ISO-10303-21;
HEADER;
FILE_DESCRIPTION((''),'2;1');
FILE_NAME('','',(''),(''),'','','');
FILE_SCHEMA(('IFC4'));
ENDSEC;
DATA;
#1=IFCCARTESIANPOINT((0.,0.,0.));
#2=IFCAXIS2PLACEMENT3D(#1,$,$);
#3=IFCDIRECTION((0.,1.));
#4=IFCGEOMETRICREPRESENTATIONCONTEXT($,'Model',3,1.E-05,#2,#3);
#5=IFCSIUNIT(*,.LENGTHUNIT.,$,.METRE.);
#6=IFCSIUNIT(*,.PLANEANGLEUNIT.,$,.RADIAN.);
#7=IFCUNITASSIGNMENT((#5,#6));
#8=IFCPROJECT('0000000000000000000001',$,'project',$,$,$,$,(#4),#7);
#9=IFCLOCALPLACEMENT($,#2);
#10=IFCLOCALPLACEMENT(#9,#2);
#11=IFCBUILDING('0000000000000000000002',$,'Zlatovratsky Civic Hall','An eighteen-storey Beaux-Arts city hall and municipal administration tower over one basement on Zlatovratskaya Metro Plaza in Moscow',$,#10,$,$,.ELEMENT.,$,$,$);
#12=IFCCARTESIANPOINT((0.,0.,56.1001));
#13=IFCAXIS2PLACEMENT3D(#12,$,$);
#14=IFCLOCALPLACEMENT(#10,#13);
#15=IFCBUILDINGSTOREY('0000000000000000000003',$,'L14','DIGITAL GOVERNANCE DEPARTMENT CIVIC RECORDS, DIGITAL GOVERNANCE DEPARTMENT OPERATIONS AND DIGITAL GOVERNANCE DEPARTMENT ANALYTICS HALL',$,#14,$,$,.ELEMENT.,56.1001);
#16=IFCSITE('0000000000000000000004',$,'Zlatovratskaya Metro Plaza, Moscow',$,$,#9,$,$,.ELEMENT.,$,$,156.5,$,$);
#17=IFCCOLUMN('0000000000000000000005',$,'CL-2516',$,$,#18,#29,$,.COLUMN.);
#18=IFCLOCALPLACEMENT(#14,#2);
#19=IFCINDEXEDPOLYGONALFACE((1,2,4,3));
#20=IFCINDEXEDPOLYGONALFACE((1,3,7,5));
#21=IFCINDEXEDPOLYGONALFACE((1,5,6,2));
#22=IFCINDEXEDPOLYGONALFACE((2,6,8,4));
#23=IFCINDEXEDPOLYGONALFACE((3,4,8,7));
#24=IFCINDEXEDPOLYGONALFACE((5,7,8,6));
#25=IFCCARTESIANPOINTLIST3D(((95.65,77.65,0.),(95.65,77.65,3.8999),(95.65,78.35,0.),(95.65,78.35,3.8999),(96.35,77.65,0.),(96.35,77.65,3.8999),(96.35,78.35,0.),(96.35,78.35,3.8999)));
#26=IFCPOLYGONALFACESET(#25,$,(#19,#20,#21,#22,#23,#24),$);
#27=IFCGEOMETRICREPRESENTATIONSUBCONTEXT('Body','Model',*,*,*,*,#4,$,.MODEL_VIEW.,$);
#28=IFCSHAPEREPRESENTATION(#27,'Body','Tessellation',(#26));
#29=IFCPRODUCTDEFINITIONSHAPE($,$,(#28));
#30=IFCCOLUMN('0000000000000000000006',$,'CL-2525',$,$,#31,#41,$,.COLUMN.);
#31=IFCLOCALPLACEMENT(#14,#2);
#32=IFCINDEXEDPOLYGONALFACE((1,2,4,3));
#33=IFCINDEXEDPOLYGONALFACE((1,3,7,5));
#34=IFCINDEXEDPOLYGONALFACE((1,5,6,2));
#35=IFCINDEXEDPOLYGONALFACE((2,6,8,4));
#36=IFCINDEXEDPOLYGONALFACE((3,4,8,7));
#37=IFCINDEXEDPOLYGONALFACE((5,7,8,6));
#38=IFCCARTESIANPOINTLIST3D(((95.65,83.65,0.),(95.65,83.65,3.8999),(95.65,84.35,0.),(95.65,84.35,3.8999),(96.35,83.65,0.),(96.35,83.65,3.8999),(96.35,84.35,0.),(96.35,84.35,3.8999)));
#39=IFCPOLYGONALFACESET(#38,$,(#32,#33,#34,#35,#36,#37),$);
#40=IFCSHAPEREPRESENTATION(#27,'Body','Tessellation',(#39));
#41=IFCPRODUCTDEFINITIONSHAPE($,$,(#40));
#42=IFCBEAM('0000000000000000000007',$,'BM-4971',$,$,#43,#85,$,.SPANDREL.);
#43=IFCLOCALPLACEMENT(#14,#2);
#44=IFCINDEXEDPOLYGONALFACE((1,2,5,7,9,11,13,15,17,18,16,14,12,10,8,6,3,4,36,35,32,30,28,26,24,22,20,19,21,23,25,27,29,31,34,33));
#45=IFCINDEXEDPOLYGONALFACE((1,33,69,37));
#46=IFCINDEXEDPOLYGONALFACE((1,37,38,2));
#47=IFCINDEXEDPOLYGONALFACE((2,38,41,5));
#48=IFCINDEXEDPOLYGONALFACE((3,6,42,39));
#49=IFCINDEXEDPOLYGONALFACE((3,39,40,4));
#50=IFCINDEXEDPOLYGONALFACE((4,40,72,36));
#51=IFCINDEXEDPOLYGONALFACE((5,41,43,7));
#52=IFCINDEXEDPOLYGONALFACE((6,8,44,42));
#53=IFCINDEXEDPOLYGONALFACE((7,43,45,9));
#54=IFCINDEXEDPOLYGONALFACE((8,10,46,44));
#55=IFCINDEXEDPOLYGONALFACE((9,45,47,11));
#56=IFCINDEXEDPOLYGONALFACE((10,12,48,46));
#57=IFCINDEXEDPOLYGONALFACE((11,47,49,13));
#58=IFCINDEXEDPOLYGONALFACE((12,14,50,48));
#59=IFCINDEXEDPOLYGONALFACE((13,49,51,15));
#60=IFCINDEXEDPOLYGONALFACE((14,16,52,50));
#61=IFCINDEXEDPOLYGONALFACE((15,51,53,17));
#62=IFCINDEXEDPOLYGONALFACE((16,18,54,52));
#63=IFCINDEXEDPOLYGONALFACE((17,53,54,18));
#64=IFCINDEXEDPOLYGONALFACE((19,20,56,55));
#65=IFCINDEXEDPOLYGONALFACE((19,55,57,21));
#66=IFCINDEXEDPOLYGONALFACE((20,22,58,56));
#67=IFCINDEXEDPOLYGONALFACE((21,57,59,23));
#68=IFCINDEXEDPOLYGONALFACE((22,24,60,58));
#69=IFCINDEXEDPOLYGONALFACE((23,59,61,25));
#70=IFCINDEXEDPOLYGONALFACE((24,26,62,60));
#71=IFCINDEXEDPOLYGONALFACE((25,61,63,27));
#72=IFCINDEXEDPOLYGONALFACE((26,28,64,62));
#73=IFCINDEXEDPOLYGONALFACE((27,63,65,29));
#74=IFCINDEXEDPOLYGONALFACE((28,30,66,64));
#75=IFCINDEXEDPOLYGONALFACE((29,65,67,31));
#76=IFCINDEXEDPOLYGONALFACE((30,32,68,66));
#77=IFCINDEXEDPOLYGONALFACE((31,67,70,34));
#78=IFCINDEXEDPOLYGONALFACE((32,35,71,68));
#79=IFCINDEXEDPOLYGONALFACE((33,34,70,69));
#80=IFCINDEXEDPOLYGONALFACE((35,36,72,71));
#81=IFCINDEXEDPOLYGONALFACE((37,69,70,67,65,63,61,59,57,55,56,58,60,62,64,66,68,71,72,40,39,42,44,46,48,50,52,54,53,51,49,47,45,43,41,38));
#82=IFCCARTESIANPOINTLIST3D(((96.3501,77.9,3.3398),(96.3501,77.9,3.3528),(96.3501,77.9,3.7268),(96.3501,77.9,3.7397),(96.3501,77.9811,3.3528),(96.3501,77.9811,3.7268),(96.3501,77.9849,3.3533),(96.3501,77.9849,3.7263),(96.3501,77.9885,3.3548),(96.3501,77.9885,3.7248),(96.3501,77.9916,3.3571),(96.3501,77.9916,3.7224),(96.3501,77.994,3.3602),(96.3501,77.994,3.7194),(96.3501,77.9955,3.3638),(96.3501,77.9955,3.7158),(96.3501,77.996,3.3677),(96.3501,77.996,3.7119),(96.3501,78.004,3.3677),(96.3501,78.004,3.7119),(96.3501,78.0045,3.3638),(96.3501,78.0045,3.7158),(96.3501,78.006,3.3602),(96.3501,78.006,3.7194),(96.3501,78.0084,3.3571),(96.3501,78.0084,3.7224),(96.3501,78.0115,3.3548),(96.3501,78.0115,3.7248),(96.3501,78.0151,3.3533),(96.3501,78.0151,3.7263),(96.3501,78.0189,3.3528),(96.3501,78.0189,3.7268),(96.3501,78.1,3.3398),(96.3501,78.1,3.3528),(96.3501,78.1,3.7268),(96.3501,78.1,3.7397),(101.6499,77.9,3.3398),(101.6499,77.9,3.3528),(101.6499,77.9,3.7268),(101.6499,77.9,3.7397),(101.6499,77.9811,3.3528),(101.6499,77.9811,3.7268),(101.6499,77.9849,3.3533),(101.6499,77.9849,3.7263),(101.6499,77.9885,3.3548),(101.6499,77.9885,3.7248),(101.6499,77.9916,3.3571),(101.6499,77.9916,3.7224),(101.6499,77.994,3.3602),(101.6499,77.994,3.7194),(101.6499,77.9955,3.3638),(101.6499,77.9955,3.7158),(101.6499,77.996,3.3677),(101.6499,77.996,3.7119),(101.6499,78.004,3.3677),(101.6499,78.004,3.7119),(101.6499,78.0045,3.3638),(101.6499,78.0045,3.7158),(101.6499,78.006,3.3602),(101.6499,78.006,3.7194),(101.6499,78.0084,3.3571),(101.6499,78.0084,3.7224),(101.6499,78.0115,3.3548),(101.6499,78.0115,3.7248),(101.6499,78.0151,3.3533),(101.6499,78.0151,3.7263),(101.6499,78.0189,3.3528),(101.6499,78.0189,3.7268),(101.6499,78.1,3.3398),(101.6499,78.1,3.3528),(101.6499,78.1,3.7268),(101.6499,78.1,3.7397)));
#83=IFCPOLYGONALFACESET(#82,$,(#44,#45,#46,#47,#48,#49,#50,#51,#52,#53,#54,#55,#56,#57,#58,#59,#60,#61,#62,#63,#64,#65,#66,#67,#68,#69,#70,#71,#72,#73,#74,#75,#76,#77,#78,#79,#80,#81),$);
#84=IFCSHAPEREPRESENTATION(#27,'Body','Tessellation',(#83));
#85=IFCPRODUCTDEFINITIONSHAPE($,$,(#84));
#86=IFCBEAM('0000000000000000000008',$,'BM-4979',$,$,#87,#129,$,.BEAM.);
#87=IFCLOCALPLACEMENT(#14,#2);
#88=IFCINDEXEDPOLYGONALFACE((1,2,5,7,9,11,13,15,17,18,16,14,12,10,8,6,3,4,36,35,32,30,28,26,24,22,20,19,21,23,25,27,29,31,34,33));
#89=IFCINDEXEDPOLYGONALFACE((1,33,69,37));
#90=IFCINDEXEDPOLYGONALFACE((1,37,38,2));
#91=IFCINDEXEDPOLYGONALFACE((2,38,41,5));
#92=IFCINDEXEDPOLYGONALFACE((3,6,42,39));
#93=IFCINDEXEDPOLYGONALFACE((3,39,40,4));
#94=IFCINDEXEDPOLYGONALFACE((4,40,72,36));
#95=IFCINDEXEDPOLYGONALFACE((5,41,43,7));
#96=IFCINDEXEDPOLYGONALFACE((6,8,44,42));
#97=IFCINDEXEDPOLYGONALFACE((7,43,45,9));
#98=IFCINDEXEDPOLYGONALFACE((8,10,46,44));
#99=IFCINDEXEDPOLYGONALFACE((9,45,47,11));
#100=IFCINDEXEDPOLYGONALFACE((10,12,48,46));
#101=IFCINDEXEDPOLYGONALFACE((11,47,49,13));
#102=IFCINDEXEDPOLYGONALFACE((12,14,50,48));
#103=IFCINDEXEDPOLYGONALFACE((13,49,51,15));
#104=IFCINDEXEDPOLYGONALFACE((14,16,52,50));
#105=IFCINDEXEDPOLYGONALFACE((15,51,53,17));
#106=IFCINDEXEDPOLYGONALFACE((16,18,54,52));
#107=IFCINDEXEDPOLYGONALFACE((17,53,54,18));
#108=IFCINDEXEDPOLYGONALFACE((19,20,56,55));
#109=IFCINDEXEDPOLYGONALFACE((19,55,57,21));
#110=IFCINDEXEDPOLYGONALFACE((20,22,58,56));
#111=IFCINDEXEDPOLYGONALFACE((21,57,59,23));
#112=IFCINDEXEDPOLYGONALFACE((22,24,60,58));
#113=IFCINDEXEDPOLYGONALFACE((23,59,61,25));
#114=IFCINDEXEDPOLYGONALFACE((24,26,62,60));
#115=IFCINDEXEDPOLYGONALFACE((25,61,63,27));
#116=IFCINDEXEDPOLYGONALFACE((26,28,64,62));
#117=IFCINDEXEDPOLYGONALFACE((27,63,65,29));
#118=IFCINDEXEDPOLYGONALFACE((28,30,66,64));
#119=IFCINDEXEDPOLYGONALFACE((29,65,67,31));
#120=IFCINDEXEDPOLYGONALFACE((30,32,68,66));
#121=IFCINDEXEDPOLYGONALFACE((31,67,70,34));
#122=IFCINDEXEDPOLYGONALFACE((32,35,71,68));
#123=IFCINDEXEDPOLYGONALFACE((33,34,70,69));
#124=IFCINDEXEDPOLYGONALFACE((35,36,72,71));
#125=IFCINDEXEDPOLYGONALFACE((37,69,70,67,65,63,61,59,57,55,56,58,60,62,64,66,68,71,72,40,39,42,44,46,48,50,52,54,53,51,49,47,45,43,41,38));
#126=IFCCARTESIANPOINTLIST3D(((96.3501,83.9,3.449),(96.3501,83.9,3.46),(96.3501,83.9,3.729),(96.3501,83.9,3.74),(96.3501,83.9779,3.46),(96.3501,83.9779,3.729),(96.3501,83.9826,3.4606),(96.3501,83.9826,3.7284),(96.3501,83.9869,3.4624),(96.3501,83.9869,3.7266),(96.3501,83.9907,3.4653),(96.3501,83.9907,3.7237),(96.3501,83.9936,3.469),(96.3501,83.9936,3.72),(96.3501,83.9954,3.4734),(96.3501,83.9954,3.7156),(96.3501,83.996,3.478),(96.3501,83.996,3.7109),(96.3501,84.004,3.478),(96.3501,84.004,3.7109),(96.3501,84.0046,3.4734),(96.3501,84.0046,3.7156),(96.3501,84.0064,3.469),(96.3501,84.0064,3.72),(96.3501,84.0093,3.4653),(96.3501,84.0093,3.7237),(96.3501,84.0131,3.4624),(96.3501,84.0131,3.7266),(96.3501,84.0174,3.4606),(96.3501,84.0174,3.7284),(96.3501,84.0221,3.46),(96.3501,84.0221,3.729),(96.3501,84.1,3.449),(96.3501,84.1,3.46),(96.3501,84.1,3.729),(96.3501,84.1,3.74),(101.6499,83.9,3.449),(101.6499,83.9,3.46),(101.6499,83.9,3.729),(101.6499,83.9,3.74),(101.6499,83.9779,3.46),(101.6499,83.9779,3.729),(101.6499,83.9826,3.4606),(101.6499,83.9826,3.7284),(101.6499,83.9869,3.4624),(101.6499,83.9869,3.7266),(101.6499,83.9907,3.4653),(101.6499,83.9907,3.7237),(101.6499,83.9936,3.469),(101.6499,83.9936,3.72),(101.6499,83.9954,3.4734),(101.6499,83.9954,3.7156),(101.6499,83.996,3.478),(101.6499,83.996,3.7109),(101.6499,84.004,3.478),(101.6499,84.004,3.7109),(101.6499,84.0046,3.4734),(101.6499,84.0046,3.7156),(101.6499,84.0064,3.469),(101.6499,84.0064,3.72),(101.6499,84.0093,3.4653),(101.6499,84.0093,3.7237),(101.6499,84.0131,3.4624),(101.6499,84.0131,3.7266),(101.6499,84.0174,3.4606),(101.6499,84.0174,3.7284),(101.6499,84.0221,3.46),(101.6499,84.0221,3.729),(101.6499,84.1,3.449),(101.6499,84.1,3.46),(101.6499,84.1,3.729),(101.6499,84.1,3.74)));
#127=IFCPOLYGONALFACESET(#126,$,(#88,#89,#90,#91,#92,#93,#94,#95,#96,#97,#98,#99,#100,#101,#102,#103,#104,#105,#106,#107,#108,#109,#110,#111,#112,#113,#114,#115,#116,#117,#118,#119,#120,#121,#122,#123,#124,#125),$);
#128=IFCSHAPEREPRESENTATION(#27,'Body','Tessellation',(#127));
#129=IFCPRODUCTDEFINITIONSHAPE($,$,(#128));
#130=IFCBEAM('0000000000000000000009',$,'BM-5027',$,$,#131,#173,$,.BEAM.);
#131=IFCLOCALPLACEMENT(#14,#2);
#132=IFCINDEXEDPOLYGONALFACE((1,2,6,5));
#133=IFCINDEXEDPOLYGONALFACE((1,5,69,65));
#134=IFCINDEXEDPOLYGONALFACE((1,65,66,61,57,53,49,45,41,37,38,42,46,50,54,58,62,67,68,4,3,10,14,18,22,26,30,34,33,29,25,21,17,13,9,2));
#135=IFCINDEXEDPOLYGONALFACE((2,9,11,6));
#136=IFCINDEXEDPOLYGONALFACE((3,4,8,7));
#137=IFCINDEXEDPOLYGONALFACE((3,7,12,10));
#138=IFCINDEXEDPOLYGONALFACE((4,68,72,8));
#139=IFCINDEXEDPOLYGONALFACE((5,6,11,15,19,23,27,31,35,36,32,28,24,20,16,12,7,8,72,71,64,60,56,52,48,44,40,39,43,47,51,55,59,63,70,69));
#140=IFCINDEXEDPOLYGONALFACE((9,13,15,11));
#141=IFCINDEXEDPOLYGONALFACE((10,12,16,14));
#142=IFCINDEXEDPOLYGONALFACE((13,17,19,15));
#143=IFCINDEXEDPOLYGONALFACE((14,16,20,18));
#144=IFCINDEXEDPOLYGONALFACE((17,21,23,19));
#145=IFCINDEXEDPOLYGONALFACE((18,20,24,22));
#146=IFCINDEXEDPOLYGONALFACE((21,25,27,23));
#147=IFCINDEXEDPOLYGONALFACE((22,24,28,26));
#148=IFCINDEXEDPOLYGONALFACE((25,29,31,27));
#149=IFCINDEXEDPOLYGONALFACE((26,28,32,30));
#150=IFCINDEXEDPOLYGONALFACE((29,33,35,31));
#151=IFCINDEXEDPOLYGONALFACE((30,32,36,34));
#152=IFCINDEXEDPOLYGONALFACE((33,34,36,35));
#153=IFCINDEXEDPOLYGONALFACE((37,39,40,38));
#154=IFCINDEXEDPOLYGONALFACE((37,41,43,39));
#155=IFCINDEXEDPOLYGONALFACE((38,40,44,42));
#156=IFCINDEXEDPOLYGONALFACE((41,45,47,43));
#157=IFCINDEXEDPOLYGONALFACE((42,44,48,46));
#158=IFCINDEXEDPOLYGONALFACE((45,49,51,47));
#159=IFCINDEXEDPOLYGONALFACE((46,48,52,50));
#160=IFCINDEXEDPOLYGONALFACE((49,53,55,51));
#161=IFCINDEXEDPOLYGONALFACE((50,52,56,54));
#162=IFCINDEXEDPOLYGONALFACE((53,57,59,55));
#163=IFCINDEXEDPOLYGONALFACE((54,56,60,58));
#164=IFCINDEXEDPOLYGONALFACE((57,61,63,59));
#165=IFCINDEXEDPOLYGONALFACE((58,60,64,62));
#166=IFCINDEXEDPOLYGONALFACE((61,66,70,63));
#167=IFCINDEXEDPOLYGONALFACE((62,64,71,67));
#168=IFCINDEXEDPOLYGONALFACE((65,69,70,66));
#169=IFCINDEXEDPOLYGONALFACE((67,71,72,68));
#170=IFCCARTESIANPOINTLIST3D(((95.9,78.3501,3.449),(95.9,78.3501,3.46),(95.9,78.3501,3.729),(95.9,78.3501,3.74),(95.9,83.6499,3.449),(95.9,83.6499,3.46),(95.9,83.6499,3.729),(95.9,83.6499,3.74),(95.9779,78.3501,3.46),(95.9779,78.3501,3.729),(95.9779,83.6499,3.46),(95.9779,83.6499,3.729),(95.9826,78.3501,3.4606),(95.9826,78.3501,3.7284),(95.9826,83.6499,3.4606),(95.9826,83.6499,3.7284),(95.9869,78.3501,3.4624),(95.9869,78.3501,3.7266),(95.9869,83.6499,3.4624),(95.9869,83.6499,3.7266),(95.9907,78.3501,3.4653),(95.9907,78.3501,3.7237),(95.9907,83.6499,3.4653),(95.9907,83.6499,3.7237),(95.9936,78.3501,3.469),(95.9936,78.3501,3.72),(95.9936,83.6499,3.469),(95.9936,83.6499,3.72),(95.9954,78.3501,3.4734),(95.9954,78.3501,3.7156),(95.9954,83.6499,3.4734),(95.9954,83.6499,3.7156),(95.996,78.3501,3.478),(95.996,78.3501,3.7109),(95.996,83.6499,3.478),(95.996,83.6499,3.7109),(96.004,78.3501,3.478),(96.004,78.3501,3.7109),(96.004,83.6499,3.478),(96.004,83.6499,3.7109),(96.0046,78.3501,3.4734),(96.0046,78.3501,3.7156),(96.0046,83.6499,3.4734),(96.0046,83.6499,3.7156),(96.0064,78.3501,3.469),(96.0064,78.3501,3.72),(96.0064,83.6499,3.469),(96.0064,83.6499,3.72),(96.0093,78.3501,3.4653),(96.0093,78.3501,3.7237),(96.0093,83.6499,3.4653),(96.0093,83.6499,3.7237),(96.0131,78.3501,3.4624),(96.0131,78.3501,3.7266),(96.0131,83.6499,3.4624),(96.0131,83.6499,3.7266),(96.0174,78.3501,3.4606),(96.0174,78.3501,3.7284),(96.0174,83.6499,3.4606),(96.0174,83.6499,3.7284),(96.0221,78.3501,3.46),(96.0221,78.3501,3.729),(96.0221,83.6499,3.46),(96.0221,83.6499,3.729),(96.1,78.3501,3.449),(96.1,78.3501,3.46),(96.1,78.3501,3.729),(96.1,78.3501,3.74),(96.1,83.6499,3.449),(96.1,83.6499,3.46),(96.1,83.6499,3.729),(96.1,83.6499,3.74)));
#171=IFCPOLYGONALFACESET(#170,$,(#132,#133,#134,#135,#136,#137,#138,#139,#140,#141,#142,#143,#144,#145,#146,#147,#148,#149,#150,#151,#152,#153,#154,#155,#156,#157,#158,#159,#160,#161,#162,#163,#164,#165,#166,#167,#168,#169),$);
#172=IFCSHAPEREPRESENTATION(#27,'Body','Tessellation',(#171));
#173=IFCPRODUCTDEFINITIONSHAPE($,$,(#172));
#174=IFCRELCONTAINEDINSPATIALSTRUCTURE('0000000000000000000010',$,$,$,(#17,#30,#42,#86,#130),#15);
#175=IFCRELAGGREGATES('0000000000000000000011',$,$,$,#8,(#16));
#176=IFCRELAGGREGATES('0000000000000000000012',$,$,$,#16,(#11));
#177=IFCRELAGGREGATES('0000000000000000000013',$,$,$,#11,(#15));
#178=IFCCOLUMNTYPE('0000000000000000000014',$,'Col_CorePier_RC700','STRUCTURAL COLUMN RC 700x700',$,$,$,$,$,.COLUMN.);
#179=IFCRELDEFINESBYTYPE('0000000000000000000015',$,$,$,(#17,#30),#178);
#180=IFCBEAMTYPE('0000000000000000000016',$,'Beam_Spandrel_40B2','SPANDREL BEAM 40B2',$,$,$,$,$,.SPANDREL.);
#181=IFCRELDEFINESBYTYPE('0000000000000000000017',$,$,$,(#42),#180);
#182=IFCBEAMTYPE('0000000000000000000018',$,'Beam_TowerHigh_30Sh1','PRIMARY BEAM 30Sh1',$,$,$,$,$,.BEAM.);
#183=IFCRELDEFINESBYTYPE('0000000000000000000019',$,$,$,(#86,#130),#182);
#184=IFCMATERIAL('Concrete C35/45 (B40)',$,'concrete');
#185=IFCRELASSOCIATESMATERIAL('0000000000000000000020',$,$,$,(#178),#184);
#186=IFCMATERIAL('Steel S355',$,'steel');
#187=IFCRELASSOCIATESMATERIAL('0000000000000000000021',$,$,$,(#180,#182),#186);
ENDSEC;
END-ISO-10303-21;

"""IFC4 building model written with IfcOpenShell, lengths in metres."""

from ifc_helpers import new_model, si_unit, direction, frame, origin, origin_2d, place, context, subcontext, project, spatial, rectangle, i_section, extrude, material, material_profile, profile_set, type_object, element, save


model = new_model("IFC4")

# Units and contexts
model_context = context("Model", 3, precision=1e-05, world=origin(), true_north=direction((0.0, 1.0)))
body_context = subcontext(model_context, "Body", "Model", "MODEL_VIEW")
ifc_project = project(units=[si_unit("LENGTHUNIT", "METRE"), si_unit("PLANEANGLEUNIT", "RADIAN")], contexts=[model_context])

# Site, building, storey
site_placement = place(None, origin())
site = spatial("IfcSite", under=ifc_project, at=site_placement, Name="Zlatovratskaya Metro Plaza, Moscow", CompositionType="ELEMENT", RefElevation=156.5)
building_placement = place(site_placement, origin())
building = spatial("IfcBuilding", under=site, at=building_placement, Name="Zlatovratsky Civic Hall", Description="An eighteen-storey Beaux-Arts city hall and municipal administration tower over one basement on Zlatovratskaya Metro Plaza in Moscow", CompositionType="ELEMENT")
storey_placement = place(building_placement, frame((0.0, 0.0, 56.1001)))
storey = spatial("IfcBuildingStorey", under=building, at=storey_placement, Name="L14", Description="DIGITAL GOVERNANCE DEPARTMENT CIVIC RECORDS, DIGITAL GOVERNANCE DEPARTMENT OPERATIONS AND DIGITAL GOVERNANCE DEPARTMENT ANALYTICS HALL", CompositionType="ELEMENT", Elevation=56.1001)

# Columns
ifc_material_1 = material(Name="Concrete C35/45 (B40)", Category="concrete")
ifc_material_profile_1 = material_profile(ifc_material_1, rectangle(XDim=0.7, YDim=0.7, at=origin_2d()), Name="RC 700x700")
ifc_profile_set_1 = profile_set([ifc_material_profile_1], Name="Concrete C35/45 (B40)")
column_type = type_object("IfcColumnType", Name="Col_CorePier_RC700", Description="STRUCTURAL COLUMN RC 700x700", PredefinedType="COLUMN", material=ifc_profile_set_1)
for number, where, z_axis, x_axis, name in (
    (1, (96.0, 78.0, 0.0), (0.0, 0.0, 1.0), (1.0, 0.0, 0.0), "CL-2516"),
    (2, (96.0, 84.0, 0.0), (0.0, 0.0, 1.0), (1.0, 0.0, 0.0), "CL-2525"),
):
    element("IfcColumn", number, at=place(storey_placement, frame(where, z_axis=z_axis, x_axis=x_axis)), inside=storey, type_object=column_type, Name=name, PredefinedType="COLUMN", context=body_context, shape_type="SweptSolid", body=[
        extrude(rectangle(XDim=0.7, YDim=0.7, at=origin_2d()), origin(), (0.0, 0.0, 1.0), 3.8999),
    ])

# Beams
ifc_material_2 = material(Name="Steel S355", Category="steel")
ifc_material_profile_2 = material_profile(ifc_material_2, i_section(OverallWidth=0.2, OverallDepth=0.3999, WebThickness=0.0081, FlangeThickness=0.0129, FilletRadius=0.0149, at=origin_2d()), Name="40B2")
ifc_profile_set_2 = profile_set([ifc_material_profile_2], Name="Steel S355")
beam_type_1 = type_object("IfcBeamType", Name="Beam_Spandrel_40B2", Description="SPANDREL BEAM 40B2", PredefinedType="SPANDREL", material=ifc_profile_set_2)
beam_placement = place(storey_placement, frame((96.3501, 78.0, 3.5398), z_axis=(1.0, 0.0, 0.0), x_axis=(0.0, 1.0, 0.0)))
element("IfcBeam", 3, at=beam_placement, inside=storey, type_object=beam_type_1, Name="BM-4971", PredefinedType="SPANDREL", context=body_context, shape_type="SweptSolid", body=[
    extrude(i_section(OverallWidth=0.2, OverallDepth=0.3999, WebThickness=0.0081, FlangeThickness=0.0129, FilletRadius=0.0149, at=origin_2d()), origin(), (0.0, 0.0, 1.0), 5.2998),
])
ifc_material_profile_3 = material_profile(ifc_material_2, i_section(OverallWidth=0.2, OverallDepth=0.291, WebThickness=0.0081, FlangeThickness=0.011, FilletRadius=0.0181, at=origin_2d()), Name="30Sh1")
ifc_profile_set_3 = profile_set([ifc_material_profile_3], Name="Steel S355")
beam_type_2 = type_object("IfcBeamType", Name="Beam_TowerHigh_30Sh1", Description="PRIMARY BEAM 30Sh1", PredefinedType="BEAM", material=ifc_profile_set_3)
for number, where, z_axis, x_axis, name in (
    (4, (96.3501, 84.0, 3.5945), (1.0, 0.0, 0.0), (0.0, 1.0, 0.0), "BM-4979"),
    (5, (96.0, 78.3501, 3.5945), (0.0, 1.0, 0.0), (-1.0, 0.0, 0.0), "BM-5027"),
):
    element("IfcBeam", number, at=place(storey_placement, frame(where, z_axis=z_axis, x_axis=x_axis)), inside=storey, type_object=beam_type_2, Name=name, PredefinedType="BEAM", context=body_context, shape_type="SweptSolid", body=[
        extrude(i_section(OverallWidth=0.2, OverallDepth=0.291, WebThickness=0.0081, FlangeThickness=0.011, FilletRadius=0.0181, at=origin_2d()), origin(), (0.0, 0.0, 1.0), 5.2998),
    ])

save(model, "model.ifc")
